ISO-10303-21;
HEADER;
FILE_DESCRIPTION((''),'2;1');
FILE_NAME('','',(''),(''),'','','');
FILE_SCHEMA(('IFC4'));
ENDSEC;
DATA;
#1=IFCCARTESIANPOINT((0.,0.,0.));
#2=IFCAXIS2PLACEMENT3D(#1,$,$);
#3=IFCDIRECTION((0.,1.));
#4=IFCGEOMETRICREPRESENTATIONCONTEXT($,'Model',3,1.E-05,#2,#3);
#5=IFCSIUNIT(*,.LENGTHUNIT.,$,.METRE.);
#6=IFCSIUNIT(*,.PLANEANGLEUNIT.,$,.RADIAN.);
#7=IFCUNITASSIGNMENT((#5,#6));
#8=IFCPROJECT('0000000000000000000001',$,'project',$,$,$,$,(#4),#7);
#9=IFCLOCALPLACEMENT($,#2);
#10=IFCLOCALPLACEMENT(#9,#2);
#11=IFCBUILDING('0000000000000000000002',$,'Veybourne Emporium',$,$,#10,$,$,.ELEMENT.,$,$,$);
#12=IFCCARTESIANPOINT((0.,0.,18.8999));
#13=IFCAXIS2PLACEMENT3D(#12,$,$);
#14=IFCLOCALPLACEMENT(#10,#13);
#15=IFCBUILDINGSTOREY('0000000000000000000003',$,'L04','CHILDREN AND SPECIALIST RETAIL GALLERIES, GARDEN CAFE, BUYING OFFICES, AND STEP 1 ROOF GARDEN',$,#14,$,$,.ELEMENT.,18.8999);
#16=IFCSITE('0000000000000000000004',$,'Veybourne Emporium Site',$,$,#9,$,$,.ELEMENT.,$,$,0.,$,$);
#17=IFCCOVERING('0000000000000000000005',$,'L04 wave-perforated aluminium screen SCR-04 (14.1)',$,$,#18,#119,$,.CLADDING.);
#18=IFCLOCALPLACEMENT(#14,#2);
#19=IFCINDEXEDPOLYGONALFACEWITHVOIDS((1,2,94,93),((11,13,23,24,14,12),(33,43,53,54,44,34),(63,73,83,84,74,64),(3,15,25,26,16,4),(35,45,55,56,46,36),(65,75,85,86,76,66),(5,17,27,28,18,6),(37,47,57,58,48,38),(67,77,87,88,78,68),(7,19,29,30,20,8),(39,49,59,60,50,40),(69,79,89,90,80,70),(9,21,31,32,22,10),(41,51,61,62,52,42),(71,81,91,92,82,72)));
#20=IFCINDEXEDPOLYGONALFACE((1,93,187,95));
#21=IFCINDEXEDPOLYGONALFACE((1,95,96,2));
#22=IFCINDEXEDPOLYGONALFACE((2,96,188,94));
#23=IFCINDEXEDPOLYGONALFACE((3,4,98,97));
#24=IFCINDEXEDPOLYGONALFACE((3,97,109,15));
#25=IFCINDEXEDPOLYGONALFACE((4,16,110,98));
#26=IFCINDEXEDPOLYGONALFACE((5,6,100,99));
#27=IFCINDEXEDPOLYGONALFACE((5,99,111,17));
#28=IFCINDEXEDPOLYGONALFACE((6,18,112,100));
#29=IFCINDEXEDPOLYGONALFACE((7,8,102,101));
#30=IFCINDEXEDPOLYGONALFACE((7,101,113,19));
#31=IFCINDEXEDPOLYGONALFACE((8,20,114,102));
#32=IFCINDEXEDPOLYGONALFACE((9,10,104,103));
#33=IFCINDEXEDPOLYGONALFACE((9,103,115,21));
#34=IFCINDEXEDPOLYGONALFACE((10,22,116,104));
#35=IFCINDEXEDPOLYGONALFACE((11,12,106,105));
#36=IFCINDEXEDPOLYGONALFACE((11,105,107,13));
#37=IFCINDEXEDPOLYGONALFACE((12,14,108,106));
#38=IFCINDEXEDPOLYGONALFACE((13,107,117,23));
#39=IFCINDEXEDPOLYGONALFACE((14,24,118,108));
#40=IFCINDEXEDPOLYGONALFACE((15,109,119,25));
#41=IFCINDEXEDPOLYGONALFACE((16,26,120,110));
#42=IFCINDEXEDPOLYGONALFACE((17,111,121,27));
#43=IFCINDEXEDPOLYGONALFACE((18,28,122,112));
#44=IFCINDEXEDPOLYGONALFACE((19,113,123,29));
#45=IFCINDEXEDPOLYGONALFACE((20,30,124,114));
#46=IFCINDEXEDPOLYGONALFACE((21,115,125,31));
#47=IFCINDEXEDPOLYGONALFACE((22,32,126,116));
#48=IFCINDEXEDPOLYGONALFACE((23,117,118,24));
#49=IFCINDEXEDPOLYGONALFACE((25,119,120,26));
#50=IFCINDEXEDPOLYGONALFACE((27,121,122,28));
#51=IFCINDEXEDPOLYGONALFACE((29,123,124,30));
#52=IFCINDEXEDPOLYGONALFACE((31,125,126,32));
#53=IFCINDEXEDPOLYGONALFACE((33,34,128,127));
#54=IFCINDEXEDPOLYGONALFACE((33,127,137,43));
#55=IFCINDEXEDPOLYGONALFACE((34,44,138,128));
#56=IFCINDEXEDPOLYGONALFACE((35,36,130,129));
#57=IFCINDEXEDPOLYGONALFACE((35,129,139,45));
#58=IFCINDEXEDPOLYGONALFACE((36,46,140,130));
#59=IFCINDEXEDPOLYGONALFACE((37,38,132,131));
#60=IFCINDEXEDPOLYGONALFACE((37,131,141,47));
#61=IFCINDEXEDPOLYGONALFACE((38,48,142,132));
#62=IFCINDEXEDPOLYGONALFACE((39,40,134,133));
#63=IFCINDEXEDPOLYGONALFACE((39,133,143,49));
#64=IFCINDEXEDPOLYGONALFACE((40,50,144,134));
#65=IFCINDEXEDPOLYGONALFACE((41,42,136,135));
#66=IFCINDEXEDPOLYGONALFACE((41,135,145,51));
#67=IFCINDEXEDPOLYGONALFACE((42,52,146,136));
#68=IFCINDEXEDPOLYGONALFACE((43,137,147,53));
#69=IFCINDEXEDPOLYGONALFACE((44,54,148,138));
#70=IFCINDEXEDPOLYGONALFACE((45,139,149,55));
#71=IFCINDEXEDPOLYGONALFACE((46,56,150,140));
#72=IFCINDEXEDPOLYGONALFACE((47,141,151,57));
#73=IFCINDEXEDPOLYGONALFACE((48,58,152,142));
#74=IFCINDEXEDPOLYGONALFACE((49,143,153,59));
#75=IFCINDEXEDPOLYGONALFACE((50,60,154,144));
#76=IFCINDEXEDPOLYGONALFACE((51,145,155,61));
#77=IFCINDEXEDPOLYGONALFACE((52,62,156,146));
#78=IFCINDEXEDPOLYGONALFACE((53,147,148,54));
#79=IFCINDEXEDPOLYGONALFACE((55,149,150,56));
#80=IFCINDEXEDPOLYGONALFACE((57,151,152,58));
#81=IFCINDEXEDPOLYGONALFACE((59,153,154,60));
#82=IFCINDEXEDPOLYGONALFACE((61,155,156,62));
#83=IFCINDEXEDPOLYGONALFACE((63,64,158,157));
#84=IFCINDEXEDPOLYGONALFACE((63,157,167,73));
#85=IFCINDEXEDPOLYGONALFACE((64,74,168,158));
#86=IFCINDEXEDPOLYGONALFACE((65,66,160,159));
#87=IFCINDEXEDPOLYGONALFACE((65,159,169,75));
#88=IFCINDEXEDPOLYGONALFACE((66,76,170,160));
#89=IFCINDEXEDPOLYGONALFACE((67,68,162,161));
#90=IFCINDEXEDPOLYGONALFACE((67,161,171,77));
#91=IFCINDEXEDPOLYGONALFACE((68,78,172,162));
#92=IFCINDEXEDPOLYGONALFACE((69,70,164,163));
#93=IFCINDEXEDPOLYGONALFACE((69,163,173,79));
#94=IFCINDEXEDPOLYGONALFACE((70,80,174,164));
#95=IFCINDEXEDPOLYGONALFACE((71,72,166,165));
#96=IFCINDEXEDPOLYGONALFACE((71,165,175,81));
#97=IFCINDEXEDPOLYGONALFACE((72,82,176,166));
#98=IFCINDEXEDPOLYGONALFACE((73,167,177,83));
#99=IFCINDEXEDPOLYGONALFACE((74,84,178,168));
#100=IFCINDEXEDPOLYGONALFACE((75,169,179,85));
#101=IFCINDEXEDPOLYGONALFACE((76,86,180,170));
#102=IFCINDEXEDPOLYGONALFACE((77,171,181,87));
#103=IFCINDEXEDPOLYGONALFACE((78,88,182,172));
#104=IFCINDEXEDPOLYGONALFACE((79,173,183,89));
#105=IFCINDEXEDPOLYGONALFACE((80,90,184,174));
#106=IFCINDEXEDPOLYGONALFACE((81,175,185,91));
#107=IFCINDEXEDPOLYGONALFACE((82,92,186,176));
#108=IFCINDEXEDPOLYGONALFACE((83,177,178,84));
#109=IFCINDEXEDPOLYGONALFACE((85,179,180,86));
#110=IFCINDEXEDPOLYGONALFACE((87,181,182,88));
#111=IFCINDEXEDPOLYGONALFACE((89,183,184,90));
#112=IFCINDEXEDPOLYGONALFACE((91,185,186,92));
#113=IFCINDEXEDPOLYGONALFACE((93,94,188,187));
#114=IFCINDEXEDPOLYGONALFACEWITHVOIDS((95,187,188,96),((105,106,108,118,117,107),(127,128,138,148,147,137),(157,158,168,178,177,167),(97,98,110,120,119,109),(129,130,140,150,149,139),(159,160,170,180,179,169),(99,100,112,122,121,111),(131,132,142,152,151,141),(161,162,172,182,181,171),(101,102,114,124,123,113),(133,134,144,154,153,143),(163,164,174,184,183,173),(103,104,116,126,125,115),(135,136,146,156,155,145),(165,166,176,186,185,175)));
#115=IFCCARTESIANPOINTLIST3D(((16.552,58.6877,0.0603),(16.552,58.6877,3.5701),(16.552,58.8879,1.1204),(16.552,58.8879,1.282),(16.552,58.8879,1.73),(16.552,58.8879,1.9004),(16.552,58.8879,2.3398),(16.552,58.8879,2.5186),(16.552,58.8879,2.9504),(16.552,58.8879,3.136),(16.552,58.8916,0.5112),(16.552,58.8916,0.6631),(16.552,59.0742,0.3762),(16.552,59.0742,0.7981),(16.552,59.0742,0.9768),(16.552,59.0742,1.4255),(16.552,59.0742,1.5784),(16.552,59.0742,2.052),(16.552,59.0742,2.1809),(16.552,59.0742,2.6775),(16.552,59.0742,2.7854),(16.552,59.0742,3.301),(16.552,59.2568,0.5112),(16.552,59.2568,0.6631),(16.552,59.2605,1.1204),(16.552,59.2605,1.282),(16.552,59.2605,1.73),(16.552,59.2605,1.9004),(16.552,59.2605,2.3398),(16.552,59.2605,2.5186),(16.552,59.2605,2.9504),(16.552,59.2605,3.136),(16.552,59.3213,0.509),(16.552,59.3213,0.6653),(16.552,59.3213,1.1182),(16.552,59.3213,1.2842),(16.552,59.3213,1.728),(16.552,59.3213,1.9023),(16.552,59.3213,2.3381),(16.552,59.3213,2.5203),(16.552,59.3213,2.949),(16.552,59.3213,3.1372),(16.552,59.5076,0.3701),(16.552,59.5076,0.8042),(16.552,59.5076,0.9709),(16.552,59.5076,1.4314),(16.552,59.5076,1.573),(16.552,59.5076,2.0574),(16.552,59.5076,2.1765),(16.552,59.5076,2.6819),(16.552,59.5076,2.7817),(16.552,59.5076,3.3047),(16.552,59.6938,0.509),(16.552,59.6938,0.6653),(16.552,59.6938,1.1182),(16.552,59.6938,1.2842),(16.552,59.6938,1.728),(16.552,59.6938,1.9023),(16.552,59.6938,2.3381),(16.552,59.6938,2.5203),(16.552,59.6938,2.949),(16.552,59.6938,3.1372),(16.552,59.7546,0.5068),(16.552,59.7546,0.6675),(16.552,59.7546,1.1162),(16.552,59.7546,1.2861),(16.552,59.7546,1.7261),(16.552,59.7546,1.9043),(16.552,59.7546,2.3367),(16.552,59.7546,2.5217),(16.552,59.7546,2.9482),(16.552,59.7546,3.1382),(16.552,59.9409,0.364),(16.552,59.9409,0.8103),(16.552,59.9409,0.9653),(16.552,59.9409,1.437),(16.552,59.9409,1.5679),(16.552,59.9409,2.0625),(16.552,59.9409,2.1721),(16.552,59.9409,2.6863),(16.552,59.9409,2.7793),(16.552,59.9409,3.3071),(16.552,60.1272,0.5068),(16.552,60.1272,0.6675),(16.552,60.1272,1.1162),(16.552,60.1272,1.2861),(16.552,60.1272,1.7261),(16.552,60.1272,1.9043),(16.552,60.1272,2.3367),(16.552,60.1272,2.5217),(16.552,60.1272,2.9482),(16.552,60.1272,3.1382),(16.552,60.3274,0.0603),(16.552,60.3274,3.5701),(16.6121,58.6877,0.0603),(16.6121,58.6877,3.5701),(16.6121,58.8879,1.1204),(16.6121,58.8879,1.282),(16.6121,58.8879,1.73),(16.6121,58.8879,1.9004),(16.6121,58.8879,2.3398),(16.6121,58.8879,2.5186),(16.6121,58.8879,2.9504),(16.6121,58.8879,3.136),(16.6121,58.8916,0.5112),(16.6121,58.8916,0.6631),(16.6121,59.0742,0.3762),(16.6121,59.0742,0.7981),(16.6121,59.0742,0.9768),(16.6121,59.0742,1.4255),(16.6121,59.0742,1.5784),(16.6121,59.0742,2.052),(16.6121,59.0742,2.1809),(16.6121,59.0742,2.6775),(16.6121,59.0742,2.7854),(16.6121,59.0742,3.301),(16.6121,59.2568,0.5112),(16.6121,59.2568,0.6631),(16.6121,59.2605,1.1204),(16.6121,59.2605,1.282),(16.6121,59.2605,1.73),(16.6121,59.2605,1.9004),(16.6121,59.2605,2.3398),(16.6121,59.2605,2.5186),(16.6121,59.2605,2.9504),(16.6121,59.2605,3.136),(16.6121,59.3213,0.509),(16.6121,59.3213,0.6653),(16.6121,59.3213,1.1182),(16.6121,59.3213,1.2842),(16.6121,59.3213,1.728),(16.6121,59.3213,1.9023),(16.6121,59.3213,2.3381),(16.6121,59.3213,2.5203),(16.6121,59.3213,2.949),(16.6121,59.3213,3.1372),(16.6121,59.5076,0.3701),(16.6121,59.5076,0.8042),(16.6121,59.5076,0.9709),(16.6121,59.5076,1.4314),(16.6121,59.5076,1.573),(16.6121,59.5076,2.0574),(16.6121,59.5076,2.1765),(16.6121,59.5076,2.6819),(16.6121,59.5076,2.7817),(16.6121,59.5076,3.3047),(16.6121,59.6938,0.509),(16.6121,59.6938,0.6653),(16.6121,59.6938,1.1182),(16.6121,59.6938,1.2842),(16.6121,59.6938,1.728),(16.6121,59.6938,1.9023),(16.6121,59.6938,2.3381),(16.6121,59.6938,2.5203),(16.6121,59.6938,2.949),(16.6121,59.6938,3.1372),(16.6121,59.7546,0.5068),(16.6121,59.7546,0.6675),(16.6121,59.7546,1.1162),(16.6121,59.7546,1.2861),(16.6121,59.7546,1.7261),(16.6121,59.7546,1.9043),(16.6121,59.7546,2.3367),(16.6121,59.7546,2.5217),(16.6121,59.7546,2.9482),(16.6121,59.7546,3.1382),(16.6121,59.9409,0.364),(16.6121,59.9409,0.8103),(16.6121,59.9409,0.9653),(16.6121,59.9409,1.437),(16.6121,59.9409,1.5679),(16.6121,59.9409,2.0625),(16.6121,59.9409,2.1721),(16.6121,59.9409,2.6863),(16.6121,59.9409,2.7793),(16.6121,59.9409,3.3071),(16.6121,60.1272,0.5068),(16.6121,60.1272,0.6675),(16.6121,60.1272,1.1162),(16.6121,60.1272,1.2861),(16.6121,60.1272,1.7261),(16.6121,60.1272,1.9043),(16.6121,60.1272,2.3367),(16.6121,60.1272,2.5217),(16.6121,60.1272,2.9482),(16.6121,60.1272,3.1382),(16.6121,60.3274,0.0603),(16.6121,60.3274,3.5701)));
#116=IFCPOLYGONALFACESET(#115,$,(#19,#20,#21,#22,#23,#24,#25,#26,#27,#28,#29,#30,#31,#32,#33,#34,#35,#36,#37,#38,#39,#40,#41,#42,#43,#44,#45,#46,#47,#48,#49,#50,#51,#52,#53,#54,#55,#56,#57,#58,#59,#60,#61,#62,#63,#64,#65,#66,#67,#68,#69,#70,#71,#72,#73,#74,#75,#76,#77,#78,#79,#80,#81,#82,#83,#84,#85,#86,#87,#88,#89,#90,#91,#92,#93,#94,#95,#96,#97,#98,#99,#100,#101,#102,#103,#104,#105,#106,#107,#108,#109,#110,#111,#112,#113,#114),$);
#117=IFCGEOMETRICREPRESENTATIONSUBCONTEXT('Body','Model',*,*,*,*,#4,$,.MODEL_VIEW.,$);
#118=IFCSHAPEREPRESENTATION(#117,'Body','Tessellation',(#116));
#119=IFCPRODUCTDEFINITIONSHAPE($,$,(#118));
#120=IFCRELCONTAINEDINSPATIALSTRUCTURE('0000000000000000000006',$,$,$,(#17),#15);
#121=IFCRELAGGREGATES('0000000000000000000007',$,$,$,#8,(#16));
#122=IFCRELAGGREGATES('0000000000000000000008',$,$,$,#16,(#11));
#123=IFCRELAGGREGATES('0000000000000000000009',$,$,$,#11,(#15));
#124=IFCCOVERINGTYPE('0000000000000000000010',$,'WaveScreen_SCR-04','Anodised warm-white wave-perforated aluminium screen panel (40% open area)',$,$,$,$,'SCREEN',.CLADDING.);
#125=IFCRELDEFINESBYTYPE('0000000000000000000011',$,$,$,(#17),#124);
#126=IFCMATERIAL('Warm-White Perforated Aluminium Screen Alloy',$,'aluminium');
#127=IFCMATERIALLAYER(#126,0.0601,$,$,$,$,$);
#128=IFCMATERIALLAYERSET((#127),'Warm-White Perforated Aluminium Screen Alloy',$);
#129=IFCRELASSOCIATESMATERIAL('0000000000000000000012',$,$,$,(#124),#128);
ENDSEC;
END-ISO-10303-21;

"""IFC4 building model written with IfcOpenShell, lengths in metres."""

from ifc_helpers import new_model, si_unit, direction, frame, origin, place, context, subcontext, project, spatial, polyline, outline, extrude, material, layer, layer_set, type_object, element, save


model = new_model("IFC4")

# Units and contexts
model_context = context("Model", 3, precision=1e-05, world=origin(), true_north=direction((0.0, 1.0)))
body_context = subcontext(model_context, "Body", "Model", "MODEL_VIEW")
ifc_project = project(units=[si_unit("LENGTHUNIT", "METRE"), si_unit("PLANEANGLEUNIT", "RADIAN")], contexts=[model_context])

# Site, building, storey
site_placement = place(None, origin())
site = spatial("IfcSite", under=ifc_project, at=site_placement, Name="Veybourne Emporium Site", CompositionType="ELEMENT", RefElevation=0.0)
building_placement = place(site_placement, origin())
building = spatial("IfcBuilding", under=site, at=building_placement, Name="Veybourne Emporium", CompositionType="ELEMENT")
storey_placement = place(building_placement, frame((0.0, 0.0, 18.8999)))
storey = spatial("IfcBuildingStorey", under=building, at=storey_placement, Name="L04", Description="CHILDREN AND SPECIALIST RETAIL GALLERIES, GARDEN CAFE, BUYING OFFICES, AND STEP 1 ROOF GARDEN", CompositionType="ELEMENT", Elevation=18.8999)

# Covering
ifc_material_1 = material(Name="Warm-White Perforated Aluminium Screen Alloy", Category="aluminium")
ifc_layer_1 = layer(ifc_material_1, 0.0601)
ifc_layer_set_1 = layer_set([ifc_layer_1], Name="Warm-White Perforated Aluminium Screen Alloy")
covering_type_1 = type_object("IfcCoveringType", Name="WaveScreen_SCR-04", Description="Anodised warm-white wave-perforated aluminium screen panel (40% open area)", ElementType="SCREEN", PredefinedType="CLADDING", material=ifc_layer_set_1)
covering_1_placement = place(storey_placement, frame((16.552, 59.5076, 1.8152), z_axis=(1.0, 0.0, 0.0), x_axis=(0.0, 1.0, 0.0)))
element("IfcCovering", 1, at=covering_1_placement, inside=storey, type_object=covering_type_1, Name="L04 wave-perforated aluminium screen SCR-04 (14.1)", PredefinedType="CLADDING", context=body_context, shape_type="SweptSolid", body=[
    extrude(outline(polyline([(-0.8198, -1.7549), (0.8198, -1.7549), (0.8198, 1.7549), (-0.8198, 1.7549), (-0.8198, -1.7549)]), holes=[polyline([(-0.4333, -1.0171), (-0.2507, -1.1521), (-0.2507, -1.304), (-0.4333, -1.439), (-0.616, -1.304), (-0.616, -1.1521), (-0.4333, -1.0171)]), polyline([(-0.4333, -0.3896), (-0.2471, -0.5332), (-0.2471, -0.6948), (-0.4333, -0.8384), (-0.6196, -0.6948), (-0.6196, -0.5332), (-0.4333, -0.3896)]), polyline([(-0.4333, 0.2368), (-0.2471, 0.0852), (-0.2471, -0.0852), (-0.4333, -0.2368), (-0.6196, -0.0852), (-0.6196, 0.0852), (-0.4333, 0.2368)]), polyline([(-0.4333, 0.8623), (-0.2471, 0.7034), (-0.2471, 0.5247), (-0.4333, 0.3657), (-0.6196, 0.5247), (-0.6196, 0.7034), (-0.4333, 0.8623)]), polyline([(-0.4333, 1.4858), (-0.2471, 1.3208), (-0.2471, 1.1353), (-0.4333, 0.9702), (-0.6196, 1.1353), (-0.6196, 1.3208), (-0.4333, 1.4858)]), polyline([(0.0, -1.011), (0.1863, -1.1499), (0.1863, -1.3062), (0.0, -1.4451), (-0.1863, -1.3062), (-0.1863, -1.1499), (0.0, -1.011)]), polyline([(0.0, -0.3838), (0.1863, -0.531), (0.1863, -0.697), (0.0, -0.8442), (-0.1863, -0.697), (-0.1863, -0.531), (0.0, -0.3838)]), polyline([(0.0, 0.2422), (0.1863, 0.0872), (0.1863, -0.0872), (0.0, -0.2422), (-0.1863, -0.0872), (-0.1863, 0.0872), (0.0, 0.2422)]), polyline([(0.0, 0.8667), (0.1863, 0.7051), (0.1863, 0.5229), (0.0, 0.3613), (-0.1863, 0.5229), (-0.1863, 0.7051), (0.0, 0.8667)]), polyline([(0.0, 1.4895), (0.1863, 1.322), (0.1863, 1.1338), (0.0, 0.9666), (-0.1863, 1.1338), (-0.1863, 1.322), (0.0, 1.4895)]), polyline([(0.4333, -1.0049), (0.6196, -1.1477), (0.6196, -1.3083), (0.4333, -1.4512), (0.2471, -1.3083), (0.2471, -1.1477), (0.4333, -1.0049)]), polyline([(0.4333, -0.3782), (0.6196, -0.5291), (0.6196, -0.699), (0.4333, -0.8499), (0.2471, -0.699), (0.2471, -0.5291), (0.4333, -0.3782)]), polyline([(0.4333, 0.2473), (0.6196, 0.0891), (0.6196, -0.0891), (0.4333, -0.2473), (0.2471, -0.0891), (0.2471, 0.0891), (0.4333, 0.2473)]), polyline([(0.4333, 0.8711), (0.6196, 0.7065), (0.6196, 0.5215), (0.4333, 0.3569), (0.2471, 0.5215), (0.2471, 0.7065), (0.4333, 0.8711)]), polyline([(0.4333, 1.4919), (0.6196, 1.323), (0.6196, 1.1331), (0.4333, 0.9641), (0.2471, 1.1331), (0.2471, 1.323), (0.4333, 1.4919)])]), origin(), (0.0, 0.0, 1.0), 0.0601),
])

save(model, "model.ifc")
